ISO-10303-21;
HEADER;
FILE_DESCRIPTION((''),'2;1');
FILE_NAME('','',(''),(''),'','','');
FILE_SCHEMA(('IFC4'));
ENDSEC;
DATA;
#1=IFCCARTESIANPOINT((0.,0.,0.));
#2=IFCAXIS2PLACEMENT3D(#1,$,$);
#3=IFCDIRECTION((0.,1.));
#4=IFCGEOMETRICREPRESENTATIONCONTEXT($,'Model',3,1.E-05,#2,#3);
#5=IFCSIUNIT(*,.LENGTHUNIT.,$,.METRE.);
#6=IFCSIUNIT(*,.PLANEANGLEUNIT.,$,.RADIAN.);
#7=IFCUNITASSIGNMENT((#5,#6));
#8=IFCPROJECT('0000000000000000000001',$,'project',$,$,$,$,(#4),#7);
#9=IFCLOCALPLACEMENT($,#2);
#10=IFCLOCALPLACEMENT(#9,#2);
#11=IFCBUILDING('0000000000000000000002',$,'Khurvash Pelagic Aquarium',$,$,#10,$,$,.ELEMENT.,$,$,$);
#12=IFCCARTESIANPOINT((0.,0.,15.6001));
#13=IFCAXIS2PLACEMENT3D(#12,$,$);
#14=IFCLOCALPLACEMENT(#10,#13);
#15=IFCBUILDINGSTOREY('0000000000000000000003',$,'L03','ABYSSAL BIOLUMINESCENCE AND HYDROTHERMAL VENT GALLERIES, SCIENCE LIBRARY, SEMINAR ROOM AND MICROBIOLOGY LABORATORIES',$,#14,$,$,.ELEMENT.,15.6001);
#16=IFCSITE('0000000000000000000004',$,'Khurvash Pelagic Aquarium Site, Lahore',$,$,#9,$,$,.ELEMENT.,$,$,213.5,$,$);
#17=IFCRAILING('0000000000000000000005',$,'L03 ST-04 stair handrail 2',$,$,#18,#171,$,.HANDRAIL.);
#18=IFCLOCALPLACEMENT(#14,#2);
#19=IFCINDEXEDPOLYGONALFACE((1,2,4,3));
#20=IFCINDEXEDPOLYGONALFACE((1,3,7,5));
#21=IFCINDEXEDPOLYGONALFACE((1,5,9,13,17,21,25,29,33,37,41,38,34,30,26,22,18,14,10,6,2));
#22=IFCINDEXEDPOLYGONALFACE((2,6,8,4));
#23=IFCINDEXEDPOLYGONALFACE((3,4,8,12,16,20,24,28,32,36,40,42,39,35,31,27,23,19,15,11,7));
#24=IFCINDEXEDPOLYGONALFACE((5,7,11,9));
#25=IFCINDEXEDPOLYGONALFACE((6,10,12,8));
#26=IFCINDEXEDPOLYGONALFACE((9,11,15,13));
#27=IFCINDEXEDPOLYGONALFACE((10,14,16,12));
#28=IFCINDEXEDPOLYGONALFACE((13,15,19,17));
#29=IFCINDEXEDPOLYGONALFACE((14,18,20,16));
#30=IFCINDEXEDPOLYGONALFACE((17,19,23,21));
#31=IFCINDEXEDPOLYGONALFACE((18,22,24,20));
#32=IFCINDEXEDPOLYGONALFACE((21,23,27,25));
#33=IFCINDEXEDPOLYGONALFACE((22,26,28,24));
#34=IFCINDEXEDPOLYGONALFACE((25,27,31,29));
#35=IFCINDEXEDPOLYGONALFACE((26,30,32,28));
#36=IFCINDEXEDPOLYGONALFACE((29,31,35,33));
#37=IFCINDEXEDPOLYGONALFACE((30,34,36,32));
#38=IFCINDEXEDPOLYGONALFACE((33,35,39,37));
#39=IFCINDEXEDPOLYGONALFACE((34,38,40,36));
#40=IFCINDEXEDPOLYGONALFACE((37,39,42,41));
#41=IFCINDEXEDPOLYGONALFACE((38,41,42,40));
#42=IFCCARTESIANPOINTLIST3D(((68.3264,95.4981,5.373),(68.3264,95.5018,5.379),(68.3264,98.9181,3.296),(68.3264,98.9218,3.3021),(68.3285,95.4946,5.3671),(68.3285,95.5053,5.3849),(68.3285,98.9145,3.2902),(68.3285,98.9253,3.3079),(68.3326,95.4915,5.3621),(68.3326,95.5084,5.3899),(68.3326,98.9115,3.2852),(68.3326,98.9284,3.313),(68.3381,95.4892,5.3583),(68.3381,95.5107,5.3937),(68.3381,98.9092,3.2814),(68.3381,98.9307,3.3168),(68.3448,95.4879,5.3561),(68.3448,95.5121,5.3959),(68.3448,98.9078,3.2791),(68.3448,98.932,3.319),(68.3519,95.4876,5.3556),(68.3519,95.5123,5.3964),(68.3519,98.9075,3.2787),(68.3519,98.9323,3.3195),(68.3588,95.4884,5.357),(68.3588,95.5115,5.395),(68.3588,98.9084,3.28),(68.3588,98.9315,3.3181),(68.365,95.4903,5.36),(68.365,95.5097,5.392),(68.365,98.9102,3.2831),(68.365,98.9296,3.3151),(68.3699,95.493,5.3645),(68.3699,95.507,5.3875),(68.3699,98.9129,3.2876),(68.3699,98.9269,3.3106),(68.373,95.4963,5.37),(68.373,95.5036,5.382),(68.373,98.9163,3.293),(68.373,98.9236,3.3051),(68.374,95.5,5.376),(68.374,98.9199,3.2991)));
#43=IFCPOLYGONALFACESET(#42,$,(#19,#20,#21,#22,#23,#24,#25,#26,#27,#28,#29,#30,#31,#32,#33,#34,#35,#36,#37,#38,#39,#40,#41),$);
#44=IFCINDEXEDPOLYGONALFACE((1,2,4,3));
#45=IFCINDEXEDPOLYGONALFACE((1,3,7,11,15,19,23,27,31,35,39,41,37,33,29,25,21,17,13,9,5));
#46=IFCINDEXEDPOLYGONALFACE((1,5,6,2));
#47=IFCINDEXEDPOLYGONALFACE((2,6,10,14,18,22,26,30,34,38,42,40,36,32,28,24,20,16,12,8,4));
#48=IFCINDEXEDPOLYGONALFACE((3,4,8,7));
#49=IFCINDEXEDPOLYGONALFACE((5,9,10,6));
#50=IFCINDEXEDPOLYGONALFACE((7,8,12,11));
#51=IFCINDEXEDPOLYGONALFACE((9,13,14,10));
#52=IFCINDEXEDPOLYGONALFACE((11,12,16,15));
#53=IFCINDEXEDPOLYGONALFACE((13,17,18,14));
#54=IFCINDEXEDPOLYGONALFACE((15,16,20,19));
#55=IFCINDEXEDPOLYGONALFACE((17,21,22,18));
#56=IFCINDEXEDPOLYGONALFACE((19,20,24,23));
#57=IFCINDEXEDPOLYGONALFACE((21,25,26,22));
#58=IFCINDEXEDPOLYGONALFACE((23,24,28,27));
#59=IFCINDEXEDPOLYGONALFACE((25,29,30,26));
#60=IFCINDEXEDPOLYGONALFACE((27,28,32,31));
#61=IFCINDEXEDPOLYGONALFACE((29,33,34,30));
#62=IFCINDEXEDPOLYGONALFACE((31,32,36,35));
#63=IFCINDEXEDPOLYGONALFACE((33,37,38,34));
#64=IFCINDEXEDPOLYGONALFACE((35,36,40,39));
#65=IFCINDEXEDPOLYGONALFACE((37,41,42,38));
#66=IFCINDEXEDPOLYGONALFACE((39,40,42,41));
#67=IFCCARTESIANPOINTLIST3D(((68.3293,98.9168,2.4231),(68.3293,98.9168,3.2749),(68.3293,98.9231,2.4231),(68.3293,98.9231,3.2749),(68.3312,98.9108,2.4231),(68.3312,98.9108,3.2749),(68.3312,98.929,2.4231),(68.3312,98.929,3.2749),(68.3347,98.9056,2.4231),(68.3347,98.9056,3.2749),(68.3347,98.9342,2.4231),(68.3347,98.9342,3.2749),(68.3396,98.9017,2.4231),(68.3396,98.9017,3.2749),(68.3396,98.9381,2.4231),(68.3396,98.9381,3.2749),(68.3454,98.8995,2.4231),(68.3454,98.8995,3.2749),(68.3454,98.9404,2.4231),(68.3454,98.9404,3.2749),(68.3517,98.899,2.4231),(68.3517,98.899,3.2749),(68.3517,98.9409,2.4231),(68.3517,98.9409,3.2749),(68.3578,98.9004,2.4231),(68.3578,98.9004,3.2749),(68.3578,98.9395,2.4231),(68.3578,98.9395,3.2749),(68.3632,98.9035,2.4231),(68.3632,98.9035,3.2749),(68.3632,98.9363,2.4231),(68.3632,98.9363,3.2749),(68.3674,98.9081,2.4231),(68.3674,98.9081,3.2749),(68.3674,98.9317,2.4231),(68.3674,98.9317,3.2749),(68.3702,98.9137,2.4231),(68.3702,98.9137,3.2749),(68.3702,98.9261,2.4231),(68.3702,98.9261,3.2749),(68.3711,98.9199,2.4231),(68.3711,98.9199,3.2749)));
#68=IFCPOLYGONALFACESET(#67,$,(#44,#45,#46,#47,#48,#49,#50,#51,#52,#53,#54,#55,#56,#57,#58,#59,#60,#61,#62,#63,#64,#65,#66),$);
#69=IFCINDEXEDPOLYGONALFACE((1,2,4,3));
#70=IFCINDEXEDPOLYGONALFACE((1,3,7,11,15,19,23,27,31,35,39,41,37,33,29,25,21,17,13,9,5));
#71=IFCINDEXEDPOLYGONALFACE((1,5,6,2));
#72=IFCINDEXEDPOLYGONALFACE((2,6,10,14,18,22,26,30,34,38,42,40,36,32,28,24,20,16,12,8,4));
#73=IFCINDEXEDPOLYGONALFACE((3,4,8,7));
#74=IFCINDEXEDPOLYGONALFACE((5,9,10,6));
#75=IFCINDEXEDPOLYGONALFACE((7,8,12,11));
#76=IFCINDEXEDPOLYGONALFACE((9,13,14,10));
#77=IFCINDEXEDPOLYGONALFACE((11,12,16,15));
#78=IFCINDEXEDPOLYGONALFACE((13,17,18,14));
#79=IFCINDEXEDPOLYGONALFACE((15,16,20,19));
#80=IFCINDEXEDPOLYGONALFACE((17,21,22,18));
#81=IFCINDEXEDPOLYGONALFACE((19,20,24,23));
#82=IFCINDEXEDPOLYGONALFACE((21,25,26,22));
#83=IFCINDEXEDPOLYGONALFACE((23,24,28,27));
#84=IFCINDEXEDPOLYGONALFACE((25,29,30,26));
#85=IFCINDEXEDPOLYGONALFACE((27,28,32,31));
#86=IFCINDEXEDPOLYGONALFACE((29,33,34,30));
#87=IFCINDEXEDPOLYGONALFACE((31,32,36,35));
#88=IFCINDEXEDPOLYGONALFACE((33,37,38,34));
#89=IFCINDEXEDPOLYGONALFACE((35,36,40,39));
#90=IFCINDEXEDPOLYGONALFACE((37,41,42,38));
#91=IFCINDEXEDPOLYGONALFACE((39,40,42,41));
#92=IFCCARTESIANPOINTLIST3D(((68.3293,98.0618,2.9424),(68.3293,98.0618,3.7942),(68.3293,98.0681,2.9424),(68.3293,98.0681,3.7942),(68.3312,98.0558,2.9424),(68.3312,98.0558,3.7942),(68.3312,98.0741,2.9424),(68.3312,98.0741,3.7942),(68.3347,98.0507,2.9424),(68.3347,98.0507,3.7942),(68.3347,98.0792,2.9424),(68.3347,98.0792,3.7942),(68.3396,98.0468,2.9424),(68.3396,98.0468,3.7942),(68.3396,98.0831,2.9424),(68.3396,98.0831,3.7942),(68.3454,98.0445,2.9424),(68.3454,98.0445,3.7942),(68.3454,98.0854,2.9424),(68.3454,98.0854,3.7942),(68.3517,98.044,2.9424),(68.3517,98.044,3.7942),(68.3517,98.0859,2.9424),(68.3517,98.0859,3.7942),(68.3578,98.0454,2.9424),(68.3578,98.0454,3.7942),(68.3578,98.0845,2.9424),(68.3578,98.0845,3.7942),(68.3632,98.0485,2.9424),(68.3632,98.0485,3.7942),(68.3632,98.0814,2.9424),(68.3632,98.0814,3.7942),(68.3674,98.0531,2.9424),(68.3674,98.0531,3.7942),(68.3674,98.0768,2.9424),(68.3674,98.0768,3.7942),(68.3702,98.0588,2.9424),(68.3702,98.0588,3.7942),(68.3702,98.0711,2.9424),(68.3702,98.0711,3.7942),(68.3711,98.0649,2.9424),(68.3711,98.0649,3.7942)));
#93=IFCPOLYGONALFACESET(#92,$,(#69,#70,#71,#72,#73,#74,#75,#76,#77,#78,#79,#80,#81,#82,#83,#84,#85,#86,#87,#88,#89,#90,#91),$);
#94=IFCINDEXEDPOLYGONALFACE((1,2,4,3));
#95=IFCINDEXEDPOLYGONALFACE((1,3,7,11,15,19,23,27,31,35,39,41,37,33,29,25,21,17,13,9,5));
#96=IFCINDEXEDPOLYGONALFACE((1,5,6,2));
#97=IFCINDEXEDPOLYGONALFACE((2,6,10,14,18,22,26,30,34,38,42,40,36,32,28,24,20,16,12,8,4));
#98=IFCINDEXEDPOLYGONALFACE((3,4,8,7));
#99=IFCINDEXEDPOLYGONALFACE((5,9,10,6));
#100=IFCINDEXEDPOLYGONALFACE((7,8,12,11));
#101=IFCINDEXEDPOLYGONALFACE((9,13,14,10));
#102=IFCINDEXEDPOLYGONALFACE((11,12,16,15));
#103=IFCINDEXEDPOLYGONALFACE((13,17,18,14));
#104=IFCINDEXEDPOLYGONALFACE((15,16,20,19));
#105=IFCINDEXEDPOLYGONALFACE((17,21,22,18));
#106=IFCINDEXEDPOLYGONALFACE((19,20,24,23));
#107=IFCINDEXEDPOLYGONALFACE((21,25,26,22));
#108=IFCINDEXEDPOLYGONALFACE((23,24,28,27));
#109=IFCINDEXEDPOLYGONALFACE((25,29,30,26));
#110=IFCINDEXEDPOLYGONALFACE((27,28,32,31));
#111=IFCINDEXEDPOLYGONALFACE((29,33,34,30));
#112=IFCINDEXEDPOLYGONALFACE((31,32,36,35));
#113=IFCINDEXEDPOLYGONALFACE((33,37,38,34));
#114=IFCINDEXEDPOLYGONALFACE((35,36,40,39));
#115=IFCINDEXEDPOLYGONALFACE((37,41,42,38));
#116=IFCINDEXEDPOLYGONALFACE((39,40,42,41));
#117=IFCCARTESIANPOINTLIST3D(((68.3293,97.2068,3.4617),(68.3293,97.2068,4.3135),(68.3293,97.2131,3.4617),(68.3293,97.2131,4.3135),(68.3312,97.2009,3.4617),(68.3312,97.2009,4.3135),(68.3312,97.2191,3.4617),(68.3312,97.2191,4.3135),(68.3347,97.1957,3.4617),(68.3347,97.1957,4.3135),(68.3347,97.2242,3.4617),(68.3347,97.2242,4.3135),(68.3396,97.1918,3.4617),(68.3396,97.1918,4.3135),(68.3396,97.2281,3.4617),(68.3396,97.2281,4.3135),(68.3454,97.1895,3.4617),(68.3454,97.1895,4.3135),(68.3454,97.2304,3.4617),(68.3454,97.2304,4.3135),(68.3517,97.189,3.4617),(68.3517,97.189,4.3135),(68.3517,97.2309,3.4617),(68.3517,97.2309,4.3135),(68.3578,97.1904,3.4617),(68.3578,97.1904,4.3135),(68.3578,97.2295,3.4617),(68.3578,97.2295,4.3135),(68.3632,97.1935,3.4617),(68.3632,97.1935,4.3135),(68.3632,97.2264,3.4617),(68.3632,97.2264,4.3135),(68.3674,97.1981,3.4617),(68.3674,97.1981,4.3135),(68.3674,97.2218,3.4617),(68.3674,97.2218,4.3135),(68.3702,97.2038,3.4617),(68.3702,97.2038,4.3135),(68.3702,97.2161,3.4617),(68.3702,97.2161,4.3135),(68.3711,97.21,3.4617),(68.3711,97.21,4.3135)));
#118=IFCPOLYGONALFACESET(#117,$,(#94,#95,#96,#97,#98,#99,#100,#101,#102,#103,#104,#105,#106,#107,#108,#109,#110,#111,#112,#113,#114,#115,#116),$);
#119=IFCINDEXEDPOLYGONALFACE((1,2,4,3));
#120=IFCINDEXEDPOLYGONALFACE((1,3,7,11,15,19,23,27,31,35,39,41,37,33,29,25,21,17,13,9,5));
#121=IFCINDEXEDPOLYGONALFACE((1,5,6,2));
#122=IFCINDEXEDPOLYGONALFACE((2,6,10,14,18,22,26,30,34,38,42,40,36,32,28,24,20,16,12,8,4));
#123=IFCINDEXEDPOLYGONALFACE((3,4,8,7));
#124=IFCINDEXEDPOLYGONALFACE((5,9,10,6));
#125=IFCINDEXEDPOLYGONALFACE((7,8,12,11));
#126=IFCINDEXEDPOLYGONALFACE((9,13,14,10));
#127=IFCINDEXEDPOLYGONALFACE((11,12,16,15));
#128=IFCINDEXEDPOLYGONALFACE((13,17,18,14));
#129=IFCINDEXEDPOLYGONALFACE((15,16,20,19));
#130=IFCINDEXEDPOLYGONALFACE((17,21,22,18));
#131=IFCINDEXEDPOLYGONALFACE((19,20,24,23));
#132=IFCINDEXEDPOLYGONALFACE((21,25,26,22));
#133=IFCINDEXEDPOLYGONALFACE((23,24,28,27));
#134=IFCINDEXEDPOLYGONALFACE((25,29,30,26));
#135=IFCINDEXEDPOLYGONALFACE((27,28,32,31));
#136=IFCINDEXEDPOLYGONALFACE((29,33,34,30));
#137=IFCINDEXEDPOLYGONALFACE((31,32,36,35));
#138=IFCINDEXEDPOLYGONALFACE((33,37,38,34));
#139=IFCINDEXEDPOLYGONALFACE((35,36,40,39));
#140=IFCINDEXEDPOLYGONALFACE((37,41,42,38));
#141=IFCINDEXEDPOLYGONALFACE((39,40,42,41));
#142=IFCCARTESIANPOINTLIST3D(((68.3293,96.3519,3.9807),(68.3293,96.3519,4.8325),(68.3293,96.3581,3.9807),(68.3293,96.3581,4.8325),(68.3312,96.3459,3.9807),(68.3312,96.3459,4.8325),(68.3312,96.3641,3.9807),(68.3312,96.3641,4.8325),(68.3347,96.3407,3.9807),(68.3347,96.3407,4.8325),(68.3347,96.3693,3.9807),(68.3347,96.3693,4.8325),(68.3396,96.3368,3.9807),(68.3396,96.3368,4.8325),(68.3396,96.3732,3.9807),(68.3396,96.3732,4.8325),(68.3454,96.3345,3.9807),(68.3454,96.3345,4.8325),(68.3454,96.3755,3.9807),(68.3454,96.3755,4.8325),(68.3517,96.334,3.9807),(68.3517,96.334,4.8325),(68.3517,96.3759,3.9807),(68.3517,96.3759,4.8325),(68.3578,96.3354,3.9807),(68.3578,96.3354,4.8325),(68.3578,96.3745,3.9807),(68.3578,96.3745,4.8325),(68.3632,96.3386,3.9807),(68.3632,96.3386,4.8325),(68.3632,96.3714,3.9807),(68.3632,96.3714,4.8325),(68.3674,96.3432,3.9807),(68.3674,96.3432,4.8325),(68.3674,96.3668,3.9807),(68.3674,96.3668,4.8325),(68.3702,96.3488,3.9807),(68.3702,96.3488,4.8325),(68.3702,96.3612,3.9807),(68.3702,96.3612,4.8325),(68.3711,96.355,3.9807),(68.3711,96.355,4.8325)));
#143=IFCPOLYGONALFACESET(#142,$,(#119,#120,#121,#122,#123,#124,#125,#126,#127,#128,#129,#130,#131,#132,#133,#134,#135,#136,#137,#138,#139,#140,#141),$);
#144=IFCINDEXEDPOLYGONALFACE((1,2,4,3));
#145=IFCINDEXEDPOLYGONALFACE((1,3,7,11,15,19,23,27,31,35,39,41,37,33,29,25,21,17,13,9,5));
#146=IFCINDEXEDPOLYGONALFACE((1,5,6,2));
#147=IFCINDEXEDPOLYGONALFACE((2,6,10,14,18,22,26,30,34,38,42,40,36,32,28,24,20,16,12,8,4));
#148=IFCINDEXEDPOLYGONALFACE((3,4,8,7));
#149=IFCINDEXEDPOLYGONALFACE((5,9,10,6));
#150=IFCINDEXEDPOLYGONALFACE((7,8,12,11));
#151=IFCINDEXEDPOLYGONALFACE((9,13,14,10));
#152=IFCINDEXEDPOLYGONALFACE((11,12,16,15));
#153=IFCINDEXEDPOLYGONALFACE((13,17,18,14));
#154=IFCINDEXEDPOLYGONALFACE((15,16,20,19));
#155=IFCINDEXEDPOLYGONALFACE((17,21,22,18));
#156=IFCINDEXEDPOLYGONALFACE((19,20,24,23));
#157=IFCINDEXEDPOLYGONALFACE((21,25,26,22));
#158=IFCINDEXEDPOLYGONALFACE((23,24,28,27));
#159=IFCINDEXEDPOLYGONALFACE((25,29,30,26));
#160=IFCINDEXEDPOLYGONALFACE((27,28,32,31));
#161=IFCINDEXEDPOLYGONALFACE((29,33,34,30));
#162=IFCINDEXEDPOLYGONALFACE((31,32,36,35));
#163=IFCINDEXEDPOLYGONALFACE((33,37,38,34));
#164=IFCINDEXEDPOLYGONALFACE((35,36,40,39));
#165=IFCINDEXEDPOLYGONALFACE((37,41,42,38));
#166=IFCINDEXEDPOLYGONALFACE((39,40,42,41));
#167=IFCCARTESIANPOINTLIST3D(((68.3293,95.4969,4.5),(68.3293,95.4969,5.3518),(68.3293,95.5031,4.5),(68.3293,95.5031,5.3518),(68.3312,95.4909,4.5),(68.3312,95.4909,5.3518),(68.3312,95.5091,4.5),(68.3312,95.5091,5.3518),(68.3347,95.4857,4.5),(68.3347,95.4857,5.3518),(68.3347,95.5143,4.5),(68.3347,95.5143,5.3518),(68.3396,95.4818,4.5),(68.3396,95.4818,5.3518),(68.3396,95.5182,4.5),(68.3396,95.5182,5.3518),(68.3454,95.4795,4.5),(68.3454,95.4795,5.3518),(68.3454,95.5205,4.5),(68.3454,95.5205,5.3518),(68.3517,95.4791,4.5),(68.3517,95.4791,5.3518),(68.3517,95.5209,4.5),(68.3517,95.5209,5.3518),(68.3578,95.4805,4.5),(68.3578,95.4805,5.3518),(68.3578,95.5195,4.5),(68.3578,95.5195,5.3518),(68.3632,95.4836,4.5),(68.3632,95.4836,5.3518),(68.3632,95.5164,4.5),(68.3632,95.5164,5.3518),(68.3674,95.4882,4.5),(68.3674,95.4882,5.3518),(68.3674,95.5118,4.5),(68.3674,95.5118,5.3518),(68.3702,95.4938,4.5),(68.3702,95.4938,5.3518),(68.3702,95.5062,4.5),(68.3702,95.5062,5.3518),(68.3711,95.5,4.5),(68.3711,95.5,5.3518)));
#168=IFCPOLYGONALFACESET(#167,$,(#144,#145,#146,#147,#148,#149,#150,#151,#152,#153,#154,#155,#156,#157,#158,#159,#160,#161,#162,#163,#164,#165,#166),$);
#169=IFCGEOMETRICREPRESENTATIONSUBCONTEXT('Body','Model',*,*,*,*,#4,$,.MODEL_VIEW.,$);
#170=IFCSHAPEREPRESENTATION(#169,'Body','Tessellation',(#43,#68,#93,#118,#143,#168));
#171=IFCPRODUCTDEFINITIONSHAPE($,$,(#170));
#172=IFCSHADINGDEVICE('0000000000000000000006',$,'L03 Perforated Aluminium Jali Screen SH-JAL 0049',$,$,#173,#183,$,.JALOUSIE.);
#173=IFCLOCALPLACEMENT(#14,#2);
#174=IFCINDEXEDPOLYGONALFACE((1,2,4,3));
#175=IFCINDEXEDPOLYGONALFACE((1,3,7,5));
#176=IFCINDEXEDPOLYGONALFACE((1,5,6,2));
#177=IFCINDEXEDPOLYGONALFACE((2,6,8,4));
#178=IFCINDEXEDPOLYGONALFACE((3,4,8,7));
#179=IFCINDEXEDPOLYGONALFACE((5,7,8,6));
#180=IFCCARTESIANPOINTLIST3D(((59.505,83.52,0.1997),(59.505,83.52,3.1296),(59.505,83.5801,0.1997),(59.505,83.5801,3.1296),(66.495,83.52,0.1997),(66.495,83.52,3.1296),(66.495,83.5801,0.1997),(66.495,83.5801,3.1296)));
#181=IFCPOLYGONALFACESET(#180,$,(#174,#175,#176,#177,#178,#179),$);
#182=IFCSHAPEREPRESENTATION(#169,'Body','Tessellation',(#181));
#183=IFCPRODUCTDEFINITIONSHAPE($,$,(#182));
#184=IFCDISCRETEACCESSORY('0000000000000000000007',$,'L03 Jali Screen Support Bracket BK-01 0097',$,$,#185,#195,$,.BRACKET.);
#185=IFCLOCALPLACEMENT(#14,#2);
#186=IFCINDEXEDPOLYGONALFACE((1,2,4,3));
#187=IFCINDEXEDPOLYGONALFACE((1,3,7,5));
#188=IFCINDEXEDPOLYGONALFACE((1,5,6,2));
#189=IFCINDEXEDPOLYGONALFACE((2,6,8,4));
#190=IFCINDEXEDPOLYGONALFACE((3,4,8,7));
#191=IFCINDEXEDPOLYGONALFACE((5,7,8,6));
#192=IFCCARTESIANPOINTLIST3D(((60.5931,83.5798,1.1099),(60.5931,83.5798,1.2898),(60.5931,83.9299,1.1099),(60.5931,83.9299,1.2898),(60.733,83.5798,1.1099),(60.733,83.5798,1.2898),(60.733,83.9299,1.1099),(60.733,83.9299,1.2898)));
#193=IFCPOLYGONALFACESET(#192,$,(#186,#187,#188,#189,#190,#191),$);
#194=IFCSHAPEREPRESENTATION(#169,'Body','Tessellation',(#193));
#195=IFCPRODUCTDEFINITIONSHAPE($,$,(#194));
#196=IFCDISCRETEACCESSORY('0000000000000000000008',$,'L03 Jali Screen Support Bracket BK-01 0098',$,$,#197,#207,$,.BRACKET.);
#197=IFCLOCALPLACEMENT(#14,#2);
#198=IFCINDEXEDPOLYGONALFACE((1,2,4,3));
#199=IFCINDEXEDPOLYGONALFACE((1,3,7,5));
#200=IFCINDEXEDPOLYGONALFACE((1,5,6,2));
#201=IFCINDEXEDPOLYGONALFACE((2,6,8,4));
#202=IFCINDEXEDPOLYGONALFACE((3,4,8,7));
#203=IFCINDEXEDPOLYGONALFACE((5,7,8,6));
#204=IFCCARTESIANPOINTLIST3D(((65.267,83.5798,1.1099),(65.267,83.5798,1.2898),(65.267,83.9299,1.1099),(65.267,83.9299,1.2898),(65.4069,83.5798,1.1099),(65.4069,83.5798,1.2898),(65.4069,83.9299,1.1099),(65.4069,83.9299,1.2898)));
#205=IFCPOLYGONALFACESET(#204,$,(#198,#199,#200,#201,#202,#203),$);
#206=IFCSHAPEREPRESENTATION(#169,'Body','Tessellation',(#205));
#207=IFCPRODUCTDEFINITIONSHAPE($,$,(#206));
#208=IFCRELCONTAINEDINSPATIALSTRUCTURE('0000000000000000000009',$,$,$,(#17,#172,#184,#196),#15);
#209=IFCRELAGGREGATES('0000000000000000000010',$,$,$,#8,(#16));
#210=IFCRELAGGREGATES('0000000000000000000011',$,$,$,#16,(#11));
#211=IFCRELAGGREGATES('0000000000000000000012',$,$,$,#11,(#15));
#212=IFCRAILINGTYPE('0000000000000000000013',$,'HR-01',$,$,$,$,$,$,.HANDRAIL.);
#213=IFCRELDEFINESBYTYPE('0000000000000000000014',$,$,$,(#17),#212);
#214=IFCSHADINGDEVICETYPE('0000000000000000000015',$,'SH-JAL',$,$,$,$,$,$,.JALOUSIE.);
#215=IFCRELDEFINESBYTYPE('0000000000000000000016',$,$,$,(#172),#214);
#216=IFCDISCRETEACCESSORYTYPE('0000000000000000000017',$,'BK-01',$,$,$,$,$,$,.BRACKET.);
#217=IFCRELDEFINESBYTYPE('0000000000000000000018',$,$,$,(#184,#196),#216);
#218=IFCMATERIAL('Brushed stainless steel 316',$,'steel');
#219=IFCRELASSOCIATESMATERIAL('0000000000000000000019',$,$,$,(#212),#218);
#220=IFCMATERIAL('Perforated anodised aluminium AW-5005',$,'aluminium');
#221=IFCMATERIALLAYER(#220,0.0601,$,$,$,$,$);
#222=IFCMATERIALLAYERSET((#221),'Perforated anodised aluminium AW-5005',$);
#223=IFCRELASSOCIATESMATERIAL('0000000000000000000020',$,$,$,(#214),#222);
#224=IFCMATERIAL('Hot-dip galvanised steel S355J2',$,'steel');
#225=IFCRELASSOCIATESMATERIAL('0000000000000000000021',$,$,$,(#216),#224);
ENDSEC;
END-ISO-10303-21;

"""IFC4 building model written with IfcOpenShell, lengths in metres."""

from ifc_helpers import new_model, si_unit, direction, frame, origin, origin_2d, place, context, subcontext, project, spatial, rectangle, circle, extrude, material, layer, layer_set, type_object, element, save


model = new_model("IFC4")

# Units and contexts
model_context = context("Model", 3, precision=1e-05, world=origin(), true_north=direction((0.0, 1.0)))
body_context = subcontext(model_context, "Body", "Model", "MODEL_VIEW")
ifc_project = project(units=[si_unit("LENGTHUNIT", "METRE"), si_unit("PLANEANGLEUNIT", "RADIAN")], contexts=[model_context])

# Site, building, storey
site_placement = place(None, origin())
site = spatial("IfcSite", under=ifc_project, at=site_placement, Name="Khurvash Pelagic Aquarium Site, Lahore", CompositionType="ELEMENT", RefElevation=213.5)
building_placement = place(site_placement, origin())
building = spatial("IfcBuilding", under=site, at=building_placement, Name="Khurvash Pelagic Aquarium", CompositionType="ELEMENT")
storey_placement = place(building_placement, frame((0.0, 0.0, 15.6001)))
storey = spatial("IfcBuildingStorey", under=building, at=storey_placement, Name="L03", Description="ABYSSAL BIOLUMINESCENCE AND HYDROTHERMAL VENT GALLERIES, SCIENCE LIBRARY, SEMINAR ROOM AND MICROBIOLOGY LABORATORIES", CompositionType="ELEMENT", Elevation=15.6001)

# Railing
ifc_material_1 = material(Name="Brushed stainless steel 316", Category="steel")
railing_type = type_object("IfcRailingType", Name="HR-01", PredefinedType="HANDRAIL", material=ifc_material_1)
railing_placement = place(storey_placement, frame((68.3501, 98.9199, 2.4231)))
element("IfcRailing", 1, at=railing_placement, inside=storey, type_object=railing_type, Name="L03 ST-04 stair handrail 2", PredefinedType="HANDRAIL", context=body_context, shape_type="SweptSolid", body=[
    extrude(circle(Radius=0.0239, at=origin_2d()), frame((0.0, 0.0, 0.876), z_axis=(0.0, -0.85473, 0.519074), x_axis=(1.0, 0.0, 0.0)), (0.0, 0.0, 1.0), 4.0012),
    extrude(circle(Radius=0.021, at=origin_2d()), origin(), (0.0, 0.0, 1.0), 0.8518),
    extrude(circle(Radius=0.021, at=origin_2d()), frame((0.0, -0.855, 0.5193)), (0.0, 0.0, 1.0), 0.8518),
    extrude(circle(Radius=0.021, at=origin_2d()), frame((0.0, -1.71, 1.0386)), (0.0, 0.0, 1.0), 0.8518),
    extrude(circle(Radius=0.021, at=origin_2d()), frame((0.0, -2.5649, 1.5576)), (0.0, 0.0, 1.0), 0.8518),
    extrude(circle(Radius=0.021, at=origin_2d()), frame((0.0, -3.4199, 2.0769)), (0.0, 0.0, 1.0), 0.8518),
])

# Shading device
ifc_material_2 = material(Name="Perforated anodised aluminium AW-5005", Category="aluminium")
ifc_layer_1 = layer(ifc_material_2, 0.0601)
ifc_layer_set_1 = layer_set([ifc_layer_1], Name="Perforated anodised aluminium AW-5005")
shading_device_type = type_object("IfcShadingDeviceType", Name="SH-JAL", PredefinedType="JALOUSIE", material=ifc_layer_set_1)
shading_device_placement = place(storey_placement, frame((63.0, 83.55, 0.1997), z_axis=(0.0, 0.0, 1.0), x_axis=(1.0, 0.0, 0.0)))
element("IfcShadingDevice", 2, at=shading_device_placement, inside=storey, type_object=shading_device_type, Name="L03 Perforated Aluminium Jali Screen SH-JAL 0049", PredefinedType="JALOUSIE", context=body_context, shape_type="SweptSolid", body=[
    extrude(rectangle(XDim=6.99, YDim=0.0601, at=origin_2d()), origin(), (0.0, 0.0, 1.0), 2.9299),
])

# Discrete accessories
ifc_material_3 = material(Name="Hot-dip galvanised steel S355J2", Category="steel")
discrete_accessory_type = type_object("IfcDiscreteAccessoryType", Name="BK-01", PredefinedType="BRACKET", material=ifc_material_3)
for number, where, z_axis, x_axis, name in (
    (3, (60.6631, 83.7549, 1.1099), (0.0, 0.0, 1.0), (1.0, 0.0, 0.0), "L03 Jali Screen Support Bracket BK-01 0097"),
    (4, (65.3369, 83.7549, 1.1099), (0.0, 0.0, 1.0), (1.0, 0.0, 0.0), "L03 Jali Screen Support Bracket BK-01 0098"),
):
    element("IfcDiscreteAccessory", number, at=place(storey_placement, frame(where, z_axis=z_axis, x_axis=x_axis)), inside=storey, type_object=discrete_accessory_type, Name=name, PredefinedType="BRACKET", context=body_context, shape_type="SweptSolid", body=[
        extrude(rectangle(XDim=0.1399, YDim=0.3501, at=origin_2d()), origin(), (0.0, 0.0, 1.0), 0.1799),
    ])

save(model, "model.ifc")
